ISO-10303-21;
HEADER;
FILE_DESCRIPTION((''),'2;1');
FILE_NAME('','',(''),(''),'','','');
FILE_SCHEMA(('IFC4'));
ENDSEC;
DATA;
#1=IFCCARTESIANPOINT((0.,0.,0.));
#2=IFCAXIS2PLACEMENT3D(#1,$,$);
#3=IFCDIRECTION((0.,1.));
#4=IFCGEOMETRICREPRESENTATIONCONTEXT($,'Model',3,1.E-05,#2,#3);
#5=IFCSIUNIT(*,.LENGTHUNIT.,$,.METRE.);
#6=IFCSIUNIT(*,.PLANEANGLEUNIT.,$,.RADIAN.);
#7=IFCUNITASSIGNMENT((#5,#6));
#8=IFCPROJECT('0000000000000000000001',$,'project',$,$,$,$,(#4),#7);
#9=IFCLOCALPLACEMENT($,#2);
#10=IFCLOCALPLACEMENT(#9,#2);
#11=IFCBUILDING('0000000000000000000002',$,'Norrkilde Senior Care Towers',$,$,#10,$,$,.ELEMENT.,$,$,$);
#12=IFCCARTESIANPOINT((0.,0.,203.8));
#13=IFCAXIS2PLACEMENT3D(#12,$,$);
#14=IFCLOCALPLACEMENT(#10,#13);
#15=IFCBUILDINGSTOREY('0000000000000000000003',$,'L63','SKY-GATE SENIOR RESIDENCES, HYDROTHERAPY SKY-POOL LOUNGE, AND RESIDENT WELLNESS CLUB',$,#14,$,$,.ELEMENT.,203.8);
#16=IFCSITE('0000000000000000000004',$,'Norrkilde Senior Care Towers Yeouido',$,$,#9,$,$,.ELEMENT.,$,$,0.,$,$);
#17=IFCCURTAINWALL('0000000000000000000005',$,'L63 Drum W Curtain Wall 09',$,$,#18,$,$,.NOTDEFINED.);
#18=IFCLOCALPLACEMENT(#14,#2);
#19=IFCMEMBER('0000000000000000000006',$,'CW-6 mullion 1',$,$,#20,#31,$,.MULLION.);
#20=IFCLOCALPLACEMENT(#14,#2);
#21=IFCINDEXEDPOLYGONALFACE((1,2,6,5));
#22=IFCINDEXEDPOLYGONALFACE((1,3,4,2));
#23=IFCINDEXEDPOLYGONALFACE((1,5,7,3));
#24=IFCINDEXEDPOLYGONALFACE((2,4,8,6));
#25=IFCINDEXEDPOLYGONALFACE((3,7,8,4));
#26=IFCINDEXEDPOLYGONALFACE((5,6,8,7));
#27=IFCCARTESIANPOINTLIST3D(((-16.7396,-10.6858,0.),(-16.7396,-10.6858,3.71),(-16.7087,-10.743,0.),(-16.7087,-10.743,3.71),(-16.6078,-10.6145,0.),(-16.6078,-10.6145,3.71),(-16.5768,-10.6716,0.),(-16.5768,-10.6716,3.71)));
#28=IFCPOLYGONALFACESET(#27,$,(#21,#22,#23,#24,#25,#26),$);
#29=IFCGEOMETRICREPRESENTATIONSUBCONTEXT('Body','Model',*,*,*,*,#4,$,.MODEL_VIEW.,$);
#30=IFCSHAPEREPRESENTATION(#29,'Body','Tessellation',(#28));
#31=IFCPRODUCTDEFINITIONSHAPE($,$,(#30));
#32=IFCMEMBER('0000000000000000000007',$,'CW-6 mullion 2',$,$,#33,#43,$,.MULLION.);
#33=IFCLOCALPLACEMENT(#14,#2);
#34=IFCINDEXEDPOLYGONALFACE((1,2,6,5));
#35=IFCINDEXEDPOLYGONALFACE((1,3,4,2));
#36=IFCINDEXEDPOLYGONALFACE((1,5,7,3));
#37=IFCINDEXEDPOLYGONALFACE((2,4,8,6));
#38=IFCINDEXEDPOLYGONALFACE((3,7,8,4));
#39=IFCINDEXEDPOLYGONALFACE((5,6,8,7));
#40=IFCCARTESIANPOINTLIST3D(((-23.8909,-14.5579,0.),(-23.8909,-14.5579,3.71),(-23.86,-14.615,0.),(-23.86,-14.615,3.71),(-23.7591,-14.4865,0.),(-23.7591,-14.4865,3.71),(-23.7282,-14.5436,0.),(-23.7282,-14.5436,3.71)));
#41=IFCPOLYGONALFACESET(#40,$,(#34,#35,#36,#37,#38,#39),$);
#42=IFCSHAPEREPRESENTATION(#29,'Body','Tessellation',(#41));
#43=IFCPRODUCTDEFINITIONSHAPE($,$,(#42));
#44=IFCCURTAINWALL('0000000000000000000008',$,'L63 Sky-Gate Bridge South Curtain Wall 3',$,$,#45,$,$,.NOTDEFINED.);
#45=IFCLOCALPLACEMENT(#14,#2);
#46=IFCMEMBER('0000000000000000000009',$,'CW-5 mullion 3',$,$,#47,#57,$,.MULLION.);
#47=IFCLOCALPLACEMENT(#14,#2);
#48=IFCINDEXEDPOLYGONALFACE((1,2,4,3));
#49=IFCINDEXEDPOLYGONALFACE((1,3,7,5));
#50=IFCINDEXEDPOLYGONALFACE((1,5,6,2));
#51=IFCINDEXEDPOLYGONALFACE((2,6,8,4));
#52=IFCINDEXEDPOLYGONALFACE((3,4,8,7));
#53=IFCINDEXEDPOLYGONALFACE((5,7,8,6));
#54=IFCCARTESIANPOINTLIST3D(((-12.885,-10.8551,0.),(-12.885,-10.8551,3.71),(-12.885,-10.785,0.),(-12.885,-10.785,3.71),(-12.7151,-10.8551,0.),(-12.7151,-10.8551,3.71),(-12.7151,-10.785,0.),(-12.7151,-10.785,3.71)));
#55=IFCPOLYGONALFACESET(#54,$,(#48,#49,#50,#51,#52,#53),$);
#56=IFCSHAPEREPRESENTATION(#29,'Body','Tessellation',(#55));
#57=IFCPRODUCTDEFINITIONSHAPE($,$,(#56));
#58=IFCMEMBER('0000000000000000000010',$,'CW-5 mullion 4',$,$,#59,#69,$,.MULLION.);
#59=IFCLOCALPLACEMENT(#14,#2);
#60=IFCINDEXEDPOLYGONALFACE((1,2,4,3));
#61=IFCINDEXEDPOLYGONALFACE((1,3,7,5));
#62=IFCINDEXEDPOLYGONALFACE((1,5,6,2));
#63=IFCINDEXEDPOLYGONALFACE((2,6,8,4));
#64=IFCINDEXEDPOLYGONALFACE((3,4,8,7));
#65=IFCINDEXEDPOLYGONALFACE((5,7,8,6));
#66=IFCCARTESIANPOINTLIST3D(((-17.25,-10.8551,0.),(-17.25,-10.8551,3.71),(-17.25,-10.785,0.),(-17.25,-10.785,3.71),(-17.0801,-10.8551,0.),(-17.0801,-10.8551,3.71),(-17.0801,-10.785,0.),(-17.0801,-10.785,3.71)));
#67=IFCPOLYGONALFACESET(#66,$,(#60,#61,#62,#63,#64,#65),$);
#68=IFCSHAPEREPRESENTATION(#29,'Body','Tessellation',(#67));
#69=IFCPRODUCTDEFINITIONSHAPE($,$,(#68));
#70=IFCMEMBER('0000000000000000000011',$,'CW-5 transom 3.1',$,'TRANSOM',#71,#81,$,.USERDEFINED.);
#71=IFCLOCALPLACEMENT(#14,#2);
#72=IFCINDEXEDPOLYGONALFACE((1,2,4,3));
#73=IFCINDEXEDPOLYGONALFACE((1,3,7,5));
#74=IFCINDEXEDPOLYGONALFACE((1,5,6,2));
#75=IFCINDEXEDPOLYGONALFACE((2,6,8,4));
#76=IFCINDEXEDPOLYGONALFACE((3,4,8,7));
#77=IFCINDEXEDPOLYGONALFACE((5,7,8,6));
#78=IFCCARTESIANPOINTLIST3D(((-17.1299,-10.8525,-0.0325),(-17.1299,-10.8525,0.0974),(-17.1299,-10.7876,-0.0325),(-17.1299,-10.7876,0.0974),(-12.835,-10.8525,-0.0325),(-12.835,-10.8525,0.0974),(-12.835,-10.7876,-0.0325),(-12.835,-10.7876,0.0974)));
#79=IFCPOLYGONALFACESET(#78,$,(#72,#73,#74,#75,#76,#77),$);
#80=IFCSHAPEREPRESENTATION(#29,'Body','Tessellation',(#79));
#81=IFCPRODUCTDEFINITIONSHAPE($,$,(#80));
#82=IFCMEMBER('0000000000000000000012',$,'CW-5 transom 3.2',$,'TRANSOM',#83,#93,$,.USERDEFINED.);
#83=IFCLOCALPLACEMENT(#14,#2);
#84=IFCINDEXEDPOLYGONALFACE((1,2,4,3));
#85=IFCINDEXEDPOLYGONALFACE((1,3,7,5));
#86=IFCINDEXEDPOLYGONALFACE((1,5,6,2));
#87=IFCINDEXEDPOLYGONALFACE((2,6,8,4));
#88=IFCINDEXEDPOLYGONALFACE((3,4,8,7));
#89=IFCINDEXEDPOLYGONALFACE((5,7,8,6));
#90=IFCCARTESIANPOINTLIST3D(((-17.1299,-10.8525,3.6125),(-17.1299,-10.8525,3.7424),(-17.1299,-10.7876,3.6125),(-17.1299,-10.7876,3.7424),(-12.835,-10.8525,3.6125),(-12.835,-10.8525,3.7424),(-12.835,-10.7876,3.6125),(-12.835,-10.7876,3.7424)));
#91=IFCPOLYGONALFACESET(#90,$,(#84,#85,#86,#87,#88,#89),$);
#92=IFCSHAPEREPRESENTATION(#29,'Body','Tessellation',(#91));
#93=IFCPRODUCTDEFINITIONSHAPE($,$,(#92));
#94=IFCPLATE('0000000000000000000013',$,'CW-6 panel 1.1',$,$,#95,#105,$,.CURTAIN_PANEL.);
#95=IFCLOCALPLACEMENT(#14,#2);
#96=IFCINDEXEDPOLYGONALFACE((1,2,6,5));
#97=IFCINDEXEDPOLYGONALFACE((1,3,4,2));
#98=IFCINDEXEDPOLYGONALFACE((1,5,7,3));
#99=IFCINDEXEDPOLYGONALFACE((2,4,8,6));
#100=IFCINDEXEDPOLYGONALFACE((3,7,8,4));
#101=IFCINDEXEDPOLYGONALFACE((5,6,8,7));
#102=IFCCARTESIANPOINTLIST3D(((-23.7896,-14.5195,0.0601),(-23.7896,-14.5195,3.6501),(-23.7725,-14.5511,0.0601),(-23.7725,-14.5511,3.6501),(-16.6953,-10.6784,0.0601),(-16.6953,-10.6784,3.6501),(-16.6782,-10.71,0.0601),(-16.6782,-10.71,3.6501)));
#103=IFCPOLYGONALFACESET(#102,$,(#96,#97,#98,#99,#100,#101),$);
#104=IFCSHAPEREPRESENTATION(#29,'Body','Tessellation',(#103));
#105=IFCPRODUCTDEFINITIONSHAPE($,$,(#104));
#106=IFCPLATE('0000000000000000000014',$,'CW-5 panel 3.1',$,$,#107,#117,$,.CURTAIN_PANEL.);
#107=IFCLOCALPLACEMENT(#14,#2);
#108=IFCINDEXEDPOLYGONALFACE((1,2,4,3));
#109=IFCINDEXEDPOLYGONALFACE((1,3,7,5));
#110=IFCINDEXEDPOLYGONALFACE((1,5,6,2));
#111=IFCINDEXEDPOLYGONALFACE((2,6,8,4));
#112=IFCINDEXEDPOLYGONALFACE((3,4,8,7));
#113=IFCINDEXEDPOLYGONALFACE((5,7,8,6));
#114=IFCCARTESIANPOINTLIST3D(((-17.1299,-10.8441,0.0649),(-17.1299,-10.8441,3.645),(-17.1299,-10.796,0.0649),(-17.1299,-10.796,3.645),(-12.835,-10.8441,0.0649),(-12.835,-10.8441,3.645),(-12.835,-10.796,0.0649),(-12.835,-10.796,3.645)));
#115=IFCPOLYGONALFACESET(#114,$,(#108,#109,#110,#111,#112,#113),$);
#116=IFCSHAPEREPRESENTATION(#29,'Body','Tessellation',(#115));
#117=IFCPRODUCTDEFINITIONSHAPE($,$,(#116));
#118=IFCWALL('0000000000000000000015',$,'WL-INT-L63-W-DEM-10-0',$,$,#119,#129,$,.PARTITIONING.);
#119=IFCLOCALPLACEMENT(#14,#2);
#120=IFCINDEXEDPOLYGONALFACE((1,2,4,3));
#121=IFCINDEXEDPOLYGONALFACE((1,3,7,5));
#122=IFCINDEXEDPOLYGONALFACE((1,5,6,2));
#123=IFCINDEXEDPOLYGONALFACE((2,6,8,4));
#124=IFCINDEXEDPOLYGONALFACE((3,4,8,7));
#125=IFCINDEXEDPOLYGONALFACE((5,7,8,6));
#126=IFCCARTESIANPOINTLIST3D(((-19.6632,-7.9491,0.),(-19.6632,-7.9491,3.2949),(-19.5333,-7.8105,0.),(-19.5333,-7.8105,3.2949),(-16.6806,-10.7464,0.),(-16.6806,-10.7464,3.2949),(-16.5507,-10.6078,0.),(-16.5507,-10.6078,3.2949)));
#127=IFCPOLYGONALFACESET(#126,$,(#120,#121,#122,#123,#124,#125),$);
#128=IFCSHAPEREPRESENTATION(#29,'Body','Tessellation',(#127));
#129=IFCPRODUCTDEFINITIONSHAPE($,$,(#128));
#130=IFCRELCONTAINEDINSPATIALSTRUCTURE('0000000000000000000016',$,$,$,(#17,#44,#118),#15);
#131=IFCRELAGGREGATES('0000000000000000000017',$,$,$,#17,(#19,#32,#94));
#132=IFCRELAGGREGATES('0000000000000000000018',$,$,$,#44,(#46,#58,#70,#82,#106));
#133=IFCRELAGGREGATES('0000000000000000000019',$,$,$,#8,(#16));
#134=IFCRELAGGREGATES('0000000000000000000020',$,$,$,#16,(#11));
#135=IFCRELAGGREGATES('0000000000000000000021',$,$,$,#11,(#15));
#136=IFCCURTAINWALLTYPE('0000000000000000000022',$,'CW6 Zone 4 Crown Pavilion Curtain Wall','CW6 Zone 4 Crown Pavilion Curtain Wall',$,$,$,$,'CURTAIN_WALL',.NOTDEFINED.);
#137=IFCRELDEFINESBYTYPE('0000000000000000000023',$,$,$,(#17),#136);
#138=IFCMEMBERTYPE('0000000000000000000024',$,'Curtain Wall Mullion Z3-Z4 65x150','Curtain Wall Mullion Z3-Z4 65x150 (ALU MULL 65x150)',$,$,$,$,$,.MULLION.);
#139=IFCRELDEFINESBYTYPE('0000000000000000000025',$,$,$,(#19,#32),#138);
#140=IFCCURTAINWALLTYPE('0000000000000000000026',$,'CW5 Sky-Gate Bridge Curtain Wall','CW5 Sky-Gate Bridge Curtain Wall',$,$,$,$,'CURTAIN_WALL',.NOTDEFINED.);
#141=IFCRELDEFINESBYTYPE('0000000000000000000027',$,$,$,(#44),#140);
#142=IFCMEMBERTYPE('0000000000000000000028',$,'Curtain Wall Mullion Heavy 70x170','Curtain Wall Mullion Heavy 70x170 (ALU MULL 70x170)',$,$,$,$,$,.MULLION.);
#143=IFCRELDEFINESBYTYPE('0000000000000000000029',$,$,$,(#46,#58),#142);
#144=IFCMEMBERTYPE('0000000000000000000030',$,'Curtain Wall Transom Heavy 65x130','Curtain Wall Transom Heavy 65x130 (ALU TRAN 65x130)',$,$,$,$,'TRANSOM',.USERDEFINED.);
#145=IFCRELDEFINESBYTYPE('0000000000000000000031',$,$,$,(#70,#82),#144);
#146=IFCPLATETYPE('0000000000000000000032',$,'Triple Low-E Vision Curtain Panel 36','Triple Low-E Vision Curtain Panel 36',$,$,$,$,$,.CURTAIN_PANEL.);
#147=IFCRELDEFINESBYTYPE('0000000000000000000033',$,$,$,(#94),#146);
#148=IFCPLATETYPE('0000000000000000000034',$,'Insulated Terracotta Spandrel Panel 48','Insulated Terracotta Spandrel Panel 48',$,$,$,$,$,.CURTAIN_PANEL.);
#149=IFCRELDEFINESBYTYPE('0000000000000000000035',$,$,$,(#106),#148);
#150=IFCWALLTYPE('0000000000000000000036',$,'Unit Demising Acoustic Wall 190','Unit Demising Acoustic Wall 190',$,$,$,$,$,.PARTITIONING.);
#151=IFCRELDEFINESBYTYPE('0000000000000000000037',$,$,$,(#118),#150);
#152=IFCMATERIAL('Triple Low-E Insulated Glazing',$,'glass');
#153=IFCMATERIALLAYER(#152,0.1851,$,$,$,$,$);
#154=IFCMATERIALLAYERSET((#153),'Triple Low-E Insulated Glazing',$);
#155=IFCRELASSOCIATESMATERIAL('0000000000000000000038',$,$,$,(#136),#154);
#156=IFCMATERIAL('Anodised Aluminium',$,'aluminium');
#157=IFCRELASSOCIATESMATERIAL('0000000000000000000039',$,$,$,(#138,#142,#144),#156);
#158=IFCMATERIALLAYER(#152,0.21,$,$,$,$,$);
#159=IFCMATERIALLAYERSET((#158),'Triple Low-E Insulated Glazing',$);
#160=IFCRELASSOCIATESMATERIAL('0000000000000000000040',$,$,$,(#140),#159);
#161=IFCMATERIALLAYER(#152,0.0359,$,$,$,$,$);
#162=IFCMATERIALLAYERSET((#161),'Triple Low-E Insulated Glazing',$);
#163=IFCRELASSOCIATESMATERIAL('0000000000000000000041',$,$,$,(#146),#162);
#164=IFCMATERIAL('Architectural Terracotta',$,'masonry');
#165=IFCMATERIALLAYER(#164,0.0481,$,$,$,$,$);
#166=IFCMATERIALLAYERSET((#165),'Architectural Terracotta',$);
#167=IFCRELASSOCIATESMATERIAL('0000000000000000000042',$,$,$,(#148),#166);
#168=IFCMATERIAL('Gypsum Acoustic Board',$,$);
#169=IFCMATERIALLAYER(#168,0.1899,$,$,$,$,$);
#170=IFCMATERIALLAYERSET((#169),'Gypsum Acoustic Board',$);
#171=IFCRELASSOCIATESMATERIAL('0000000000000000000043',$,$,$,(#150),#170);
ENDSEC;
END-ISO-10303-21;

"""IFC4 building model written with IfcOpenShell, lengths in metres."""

from ifc_helpers import new_model, si_unit, direction, frame, frame_2d, origin, origin_2d, place, context, subcontext, project, spatial, rectangle, extrude, source, transform, mapped, material, layer, layer_set, material_profile, profile_set, type_object, type_shapes, element, aggregate, save


model = new_model("IFC4")

# Units and contexts
model_context = context("Model", 3, precision=1e-05, world=origin(), true_north=direction((0.0, 1.0)))
body_context = subcontext(model_context, "Body", "Model", "MODEL_VIEW")
ifc_project = project(units=[si_unit("LENGTHUNIT", "METRE"), si_unit("PLANEANGLEUNIT", "RADIAN")], contexts=[model_context])

# Site, building, storey
site_placement = place(None, origin())
site = spatial("IfcSite", under=ifc_project, at=site_placement, Name="Norrkilde Senior Care Towers Yeouido", CompositionType="ELEMENT", RefElevation=0.0)
building_placement = place(site_placement, origin())
building = spatial("IfcBuilding", under=site, at=building_placement, Name="Norrkilde Senior Care Towers", CompositionType="ELEMENT")
storey_placement = place(building_placement, frame((0.0, 0.0, 203.8)))
storey = spatial("IfcBuildingStorey", under=building, at=storey_placement, Name="L63", Description="SKY-GATE SENIOR RESIDENCES, HYDROTHERAPY SKY-POOL LOUNGE, AND RESIDENT WELLNESS CLUB", CompositionType="ELEMENT", Elevation=203.8)

# Curtain walls, members
ifc_material_1 = material(Name="Triple Low-E Insulated Glazing", Category="glass")
ifc_layer_1 = layer(ifc_material_1, 0.1851)
ifc_layer_set_1 = layer_set([ifc_layer_1], Name="Triple Low-E Insulated Glazing")
curtain_wall_type_1 = type_object("IfcCurtainWallType", Name="CW6 Zone 4 Crown Pavilion Curtain Wall", Description="CW6 Zone 4 Crown Pavilion Curtain Wall", ElementType="CURTAIN_WALL", PredefinedType="NOTDEFINED", material=ifc_layer_set_1)
curtain_wall_1_placement = place(storey_placement, origin())
curtain_wall_1 = element("IfcCurtainWall", 1, at=curtain_wall_1_placement, inside=storey, type_object=curtain_wall_type_1, Name="L63 Drum W Curtain Wall 09", PredefinedType="NOTDEFINED")
ifc_material_2 = material(Name="Anodised Aluminium", Category="aluminium")
ifc_material_profile_1 = material_profile(ifc_material_2, rectangle(XDim=0.0649, YDim=0.1499, at=origin_2d()), Name="ALU MULL 65x150")
ifc_profile_set_1 = profile_set([ifc_material_profile_1], Name="Anodised Aluminium")
member_type_1 = type_object("IfcMemberType", Name="Curtain Wall Mullion Z3-Z4 65x150", Description="Curtain Wall Mullion Z3-Z4 65x150 (ALU MULL 65x150)", PredefinedType="MULLION", material=ifc_profile_set_1)
shared_shape_1 = source(origin(), body_context, "Body", "SweptSolid", [
    extrude(rectangle(XDim=0.0649, YDim=0.1499, at=origin_2d()), origin(), (0.0, 0.0, 1.0), 3.71),
])
type_shapes(member_type_1, [shared_shape_1])
member_1_placement = place(storey_placement, frame((-16.6582, -10.6787, 0.0), z_axis=(0.0, 0.0, 1.0), x_axis=(0.476133, -0.879373, 0.0)))
member_1 = element("IfcMember", 2, at=member_1_placement, type_object=member_type_1, Name="CW-6 mullion 1", PredefinedType="MULLION", context=body_context, shape_type="MappedRepresentation", body=[
    mapped(shared_shape_1, transform((0.0, 0.0, 0.0), x_axis=(1.0, 0.0, 0.0), y_axis=(0.0, 1.0, 0.0), z_axis=(0.0, 0.0, 1.0), scale=1.0)),
])
member_2_placement = place(storey_placement, frame((-23.8096, -14.5508, 0.0), z_axis=(0.0, 0.0, 1.0), x_axis=(0.476133, -0.879373, 0.0)))
member_2 = element("IfcMember", 3, at=member_2_placement, type_object=member_type_1, Name="CW-6 mullion 2", PredefinedType="MULLION", context=body_context, shape_type="MappedRepresentation", body=[
    mapped(shared_shape_1, transform((0.0, 0.0, 0.0), x_axis=(1.0, 0.0, 0.0), y_axis=(0.0, 1.0, 0.0), z_axis=(0.0, 0.0, 1.0), scale=1.0)),
])
ifc_layer_2 = layer(ifc_material_1, 0.21)
ifc_layer_set_2 = layer_set([ifc_layer_2], Name="Triple Low-E Insulated Glazing")
curtain_wall_type_2 = type_object("IfcCurtainWallType", Name="CW5 Sky-Gate Bridge Curtain Wall", Description="CW5 Sky-Gate Bridge Curtain Wall", ElementType="CURTAIN_WALL", PredefinedType="NOTDEFINED", material=ifc_layer_set_2)
curtain_wall_2_placement = place(storey_placement, origin())
curtain_wall_2 = element("IfcCurtainWall", 4, at=curtain_wall_2_placement, inside=storey, type_object=curtain_wall_type_2, Name="L63 Sky-Gate Bridge South Curtain Wall 3", PredefinedType="NOTDEFINED")
ifc_material_profile_2 = material_profile(ifc_material_2, rectangle(XDim=0.0701, YDim=0.1699, at=origin_2d()), Name="ALU MULL 70x170")
ifc_profile_set_2 = profile_set([ifc_material_profile_2], Name="Anodised Aluminium")
member_type_2 = type_object("IfcMemberType", Name="Curtain Wall Mullion Heavy 70x170", Description="Curtain Wall Mullion Heavy 70x170 (ALU MULL 70x170)", PredefinedType="MULLION", material=ifc_profile_set_2)
shared_shape_2 = source(origin(), body_context, "Body", "SweptSolid", [
    extrude(rectangle(XDim=0.0701, YDim=0.1699, at=origin_2d()), origin(), (0.0, 0.0, 1.0), 3.71),
])
type_shapes(member_type_2, [shared_shape_2])
member_3_placement = place(storey_placement, frame((-12.8, -10.8201, 0.0), z_axis=(0.0, 0.0, 1.0), x_axis=(0.0, -1.0, 0.0)))
member_3 = element("IfcMember", 5, at=member_3_placement, type_object=member_type_2, Name="CW-5 mullion 3", PredefinedType="MULLION", context=body_context, shape_type="MappedRepresentation", body=[
    mapped(shared_shape_2, transform((0.0, 0.0, 0.0), x_axis=(1.0, 0.0, 0.0), y_axis=(0.0, 1.0, 0.0), z_axis=(0.0, 0.0, 1.0), scale=1.0)),
])
member_4_placement = place(storey_placement, frame((-17.165, -10.8201, 0.0), z_axis=(0.0, 0.0, 1.0), x_axis=(0.0, -1.0, 0.0)))
member_4 = element("IfcMember", 6, at=member_4_placement, type_object=member_type_2, Name="CW-5 mullion 4", PredefinedType="MULLION", context=body_context, shape_type="MappedRepresentation", body=[
    mapped(shared_shape_2, transform((0.0, 0.0, 0.0), x_axis=(1.0, 0.0, 0.0), y_axis=(0.0, 1.0, 0.0), z_axis=(0.0, 0.0, 1.0), scale=1.0)),
])
ifc_material_profile_3 = material_profile(ifc_material_2, rectangle(XDim=0.0649, YDim=0.1299, at=origin_2d()), Name="ALU TRAN 65x130")
ifc_profile_set_3 = profile_set([ifc_material_profile_3], Name="Anodised Aluminium")
member_type_3 = type_object("IfcMemberType", Name="Curtain Wall Transom Heavy 65x130", Description="Curtain Wall Transom Heavy 65x130 (ALU TRAN 65x130)", ElementType="TRANSOM", PredefinedType="USERDEFINED", material=ifc_profile_set_3)
shared_shape_3 = source(origin(), body_context, "Body", "SweptSolid", [
    extrude(rectangle(XDim=0.0649, YDim=0.1299, at=origin_2d()), origin(), (0.0, 0.0, 1.0), 4.2949),
])
type_shapes(member_type_3, [shared_shape_3])
member_5_placement = place(storey_placement, frame((-12.835, -10.8201, 0.0325), z_axis=(-1.0, 0.0, 0.0), x_axis=(0.0, -1.0, 0.0)))
member_5 = element("IfcMember", 7, at=member_5_placement, type_object=member_type_3, Name="CW-5 transom 3.1", ObjectType="TRANSOM", PredefinedType="USERDEFINED", context=body_context, shape_type="MappedRepresentation", body=[
    mapped(shared_shape_3, transform((0.0, 0.0, 0.0), x_axis=(1.0, 0.0, 0.0), y_axis=(0.0, 1.0, 0.0), z_axis=(0.0, 0.0, 1.0), scale=1.0)),
])
member_6_placement = place(storey_placement, frame((-12.835, -10.8201, 3.6775), z_axis=(-1.0, 0.0, 0.0), x_axis=(0.0, -1.0, 0.0)))
member_6 = element("IfcMember", 8, at=member_6_placement, type_object=member_type_3, Name="CW-5 transom 3.2", ObjectType="TRANSOM", PredefinedType="USERDEFINED", context=body_context, shape_type="MappedRepresentation", body=[
    mapped(shared_shape_3, transform((0.0, 0.0, 0.0), x_axis=(1.0, 0.0, 0.0), y_axis=(0.0, 1.0, 0.0), z_axis=(0.0, 0.0, 1.0), scale=1.0)),
])

# Plates
ifc_layer_3 = layer(ifc_material_1, 0.0359)
ifc_layer_set_3 = layer_set([ifc_layer_3], Name="Triple Low-E Insulated Glazing")
plate_type_1 = type_object("IfcPlateType", Name="Triple Low-E Vision Curtain Panel 36", Description="Triple Low-E Vision Curtain Panel 36", PredefinedType="CURTAIN_PANEL", material=ifc_layer_set_3)
shared_shape_4 = source(origin(), body_context, "Body", "SweptSolid", [
    extrude(rectangle(XDim=8.0674, YDim=0.0359, at=origin_2d()), origin(), (0.0, 0.0, 1.0), 3.5901),
])
type_shapes(plate_type_1, [shared_shape_4])
plate_1_placement = place(storey_placement, frame((-20.2339, -12.6147, 0.0601), z_axis=(0.0, 0.0, 1.0), x_axis=(-0.879373, -0.476133, 0.0)))
plate_1 = element("IfcPlate", 9, at=plate_1_placement, type_object=plate_type_1, Name="CW-6 panel 1.1", PredefinedType="CURTAIN_PANEL", context=body_context, shape_type="MappedRepresentation", body=[
    mapped(shared_shape_4, transform((0.0, 0.0, 0.0), x_axis=(1.0, 0.0, 0.0), y_axis=(0.0, 1.0, 0.0), z_axis=(0.0, 0.0, 1.0), scale=1.0)),
])
aggregate(curtain_wall_1, [member_1, member_2, plate_1])
ifc_material_3 = material(Name="Architectural Terracotta", Category="masonry")
ifc_layer_4 = layer(ifc_material_3, 0.0481)
ifc_layer_set_4 = layer_set([ifc_layer_4], Name="Architectural Terracotta")
plate_type_2 = type_object("IfcPlateType", Name="Insulated Terracotta Spandrel Panel 48", Description="Insulated Terracotta Spandrel Panel 48", PredefinedType="CURTAIN_PANEL", material=ifc_layer_set_4)
shared_shape_5 = source(origin(), body_context, "Body", "SweptSolid", [
    extrude(rectangle(XDim=4.2949, YDim=0.0481, at=origin_2d()), origin(), (0.0, 0.0, 1.0), 3.5801),
])
type_shapes(plate_type_2, [shared_shape_5])
plate_2_placement = place(storey_placement, frame((-14.9824, -10.8201, 0.0649), z_axis=(0.0, 0.0, 1.0), x_axis=(-1.0, 0.0, 0.0)))
plate_2 = element("IfcPlate", 10, at=plate_2_placement, type_object=plate_type_2, Name="CW-5 panel 3.1", PredefinedType="CURTAIN_PANEL", context=body_context, shape_type="MappedRepresentation", body=[
    mapped(shared_shape_5, transform((0.0, 0.0, 0.0), x_axis=(1.0, 0.0, 0.0), y_axis=(0.0, 1.0, 0.0), z_axis=(0.0, 0.0, 1.0), scale=1.0)),
])
aggregate(curtain_wall_2, [member_3, member_4, member_5, member_6, plate_2])

# Wall
ifc_material_4 = material(Name="Gypsum Acoustic Board")
ifc_layer_5 = layer(ifc_material_4, 0.1899)
ifc_layer_set_5 = layer_set([ifc_layer_5], Name="Gypsum Acoustic Board")
wall_type = type_object("IfcWallType", Name="Unit Demising Acoustic Wall 190", Description="Unit Demising Acoustic Wall 190", PredefinedType="PARTITIONING", material=ifc_layer_set_5)
shared_shape_6 = source(origin(), body_context, "Body", "SweptSolid", [
    extrude(rectangle(XDim=4.0891, YDim=0.1899, at=frame_2d((2.0444, 0.0))), origin(), (0.0, 0.0, 1.0), 3.2949),
])
type_shapes(wall_type, [shared_shape_6])
wall_placement = place(storey_placement, frame((-19.5981, -7.8799, 0.0), z_axis=(0.0, 0.0, 1.0), x_axis=(0.729401, -0.684086, 0.0)))
element("IfcWall", 11, at=wall_placement, inside=storey, type_object=wall_type, Name="WL-INT-L63-W-DEM-10-0", PredefinedType="PARTITIONING", context=body_context, shape_type="MappedRepresentation", body=[
    mapped(shared_shape_6, transform((0.0, 0.0, 0.0), x_axis=(1.0, 0.0, 0.0), y_axis=(0.0, 1.0, 0.0), z_axis=(0.0, 0.0, 1.0), scale=1.0)),
])

save(model, "model.ifc")
